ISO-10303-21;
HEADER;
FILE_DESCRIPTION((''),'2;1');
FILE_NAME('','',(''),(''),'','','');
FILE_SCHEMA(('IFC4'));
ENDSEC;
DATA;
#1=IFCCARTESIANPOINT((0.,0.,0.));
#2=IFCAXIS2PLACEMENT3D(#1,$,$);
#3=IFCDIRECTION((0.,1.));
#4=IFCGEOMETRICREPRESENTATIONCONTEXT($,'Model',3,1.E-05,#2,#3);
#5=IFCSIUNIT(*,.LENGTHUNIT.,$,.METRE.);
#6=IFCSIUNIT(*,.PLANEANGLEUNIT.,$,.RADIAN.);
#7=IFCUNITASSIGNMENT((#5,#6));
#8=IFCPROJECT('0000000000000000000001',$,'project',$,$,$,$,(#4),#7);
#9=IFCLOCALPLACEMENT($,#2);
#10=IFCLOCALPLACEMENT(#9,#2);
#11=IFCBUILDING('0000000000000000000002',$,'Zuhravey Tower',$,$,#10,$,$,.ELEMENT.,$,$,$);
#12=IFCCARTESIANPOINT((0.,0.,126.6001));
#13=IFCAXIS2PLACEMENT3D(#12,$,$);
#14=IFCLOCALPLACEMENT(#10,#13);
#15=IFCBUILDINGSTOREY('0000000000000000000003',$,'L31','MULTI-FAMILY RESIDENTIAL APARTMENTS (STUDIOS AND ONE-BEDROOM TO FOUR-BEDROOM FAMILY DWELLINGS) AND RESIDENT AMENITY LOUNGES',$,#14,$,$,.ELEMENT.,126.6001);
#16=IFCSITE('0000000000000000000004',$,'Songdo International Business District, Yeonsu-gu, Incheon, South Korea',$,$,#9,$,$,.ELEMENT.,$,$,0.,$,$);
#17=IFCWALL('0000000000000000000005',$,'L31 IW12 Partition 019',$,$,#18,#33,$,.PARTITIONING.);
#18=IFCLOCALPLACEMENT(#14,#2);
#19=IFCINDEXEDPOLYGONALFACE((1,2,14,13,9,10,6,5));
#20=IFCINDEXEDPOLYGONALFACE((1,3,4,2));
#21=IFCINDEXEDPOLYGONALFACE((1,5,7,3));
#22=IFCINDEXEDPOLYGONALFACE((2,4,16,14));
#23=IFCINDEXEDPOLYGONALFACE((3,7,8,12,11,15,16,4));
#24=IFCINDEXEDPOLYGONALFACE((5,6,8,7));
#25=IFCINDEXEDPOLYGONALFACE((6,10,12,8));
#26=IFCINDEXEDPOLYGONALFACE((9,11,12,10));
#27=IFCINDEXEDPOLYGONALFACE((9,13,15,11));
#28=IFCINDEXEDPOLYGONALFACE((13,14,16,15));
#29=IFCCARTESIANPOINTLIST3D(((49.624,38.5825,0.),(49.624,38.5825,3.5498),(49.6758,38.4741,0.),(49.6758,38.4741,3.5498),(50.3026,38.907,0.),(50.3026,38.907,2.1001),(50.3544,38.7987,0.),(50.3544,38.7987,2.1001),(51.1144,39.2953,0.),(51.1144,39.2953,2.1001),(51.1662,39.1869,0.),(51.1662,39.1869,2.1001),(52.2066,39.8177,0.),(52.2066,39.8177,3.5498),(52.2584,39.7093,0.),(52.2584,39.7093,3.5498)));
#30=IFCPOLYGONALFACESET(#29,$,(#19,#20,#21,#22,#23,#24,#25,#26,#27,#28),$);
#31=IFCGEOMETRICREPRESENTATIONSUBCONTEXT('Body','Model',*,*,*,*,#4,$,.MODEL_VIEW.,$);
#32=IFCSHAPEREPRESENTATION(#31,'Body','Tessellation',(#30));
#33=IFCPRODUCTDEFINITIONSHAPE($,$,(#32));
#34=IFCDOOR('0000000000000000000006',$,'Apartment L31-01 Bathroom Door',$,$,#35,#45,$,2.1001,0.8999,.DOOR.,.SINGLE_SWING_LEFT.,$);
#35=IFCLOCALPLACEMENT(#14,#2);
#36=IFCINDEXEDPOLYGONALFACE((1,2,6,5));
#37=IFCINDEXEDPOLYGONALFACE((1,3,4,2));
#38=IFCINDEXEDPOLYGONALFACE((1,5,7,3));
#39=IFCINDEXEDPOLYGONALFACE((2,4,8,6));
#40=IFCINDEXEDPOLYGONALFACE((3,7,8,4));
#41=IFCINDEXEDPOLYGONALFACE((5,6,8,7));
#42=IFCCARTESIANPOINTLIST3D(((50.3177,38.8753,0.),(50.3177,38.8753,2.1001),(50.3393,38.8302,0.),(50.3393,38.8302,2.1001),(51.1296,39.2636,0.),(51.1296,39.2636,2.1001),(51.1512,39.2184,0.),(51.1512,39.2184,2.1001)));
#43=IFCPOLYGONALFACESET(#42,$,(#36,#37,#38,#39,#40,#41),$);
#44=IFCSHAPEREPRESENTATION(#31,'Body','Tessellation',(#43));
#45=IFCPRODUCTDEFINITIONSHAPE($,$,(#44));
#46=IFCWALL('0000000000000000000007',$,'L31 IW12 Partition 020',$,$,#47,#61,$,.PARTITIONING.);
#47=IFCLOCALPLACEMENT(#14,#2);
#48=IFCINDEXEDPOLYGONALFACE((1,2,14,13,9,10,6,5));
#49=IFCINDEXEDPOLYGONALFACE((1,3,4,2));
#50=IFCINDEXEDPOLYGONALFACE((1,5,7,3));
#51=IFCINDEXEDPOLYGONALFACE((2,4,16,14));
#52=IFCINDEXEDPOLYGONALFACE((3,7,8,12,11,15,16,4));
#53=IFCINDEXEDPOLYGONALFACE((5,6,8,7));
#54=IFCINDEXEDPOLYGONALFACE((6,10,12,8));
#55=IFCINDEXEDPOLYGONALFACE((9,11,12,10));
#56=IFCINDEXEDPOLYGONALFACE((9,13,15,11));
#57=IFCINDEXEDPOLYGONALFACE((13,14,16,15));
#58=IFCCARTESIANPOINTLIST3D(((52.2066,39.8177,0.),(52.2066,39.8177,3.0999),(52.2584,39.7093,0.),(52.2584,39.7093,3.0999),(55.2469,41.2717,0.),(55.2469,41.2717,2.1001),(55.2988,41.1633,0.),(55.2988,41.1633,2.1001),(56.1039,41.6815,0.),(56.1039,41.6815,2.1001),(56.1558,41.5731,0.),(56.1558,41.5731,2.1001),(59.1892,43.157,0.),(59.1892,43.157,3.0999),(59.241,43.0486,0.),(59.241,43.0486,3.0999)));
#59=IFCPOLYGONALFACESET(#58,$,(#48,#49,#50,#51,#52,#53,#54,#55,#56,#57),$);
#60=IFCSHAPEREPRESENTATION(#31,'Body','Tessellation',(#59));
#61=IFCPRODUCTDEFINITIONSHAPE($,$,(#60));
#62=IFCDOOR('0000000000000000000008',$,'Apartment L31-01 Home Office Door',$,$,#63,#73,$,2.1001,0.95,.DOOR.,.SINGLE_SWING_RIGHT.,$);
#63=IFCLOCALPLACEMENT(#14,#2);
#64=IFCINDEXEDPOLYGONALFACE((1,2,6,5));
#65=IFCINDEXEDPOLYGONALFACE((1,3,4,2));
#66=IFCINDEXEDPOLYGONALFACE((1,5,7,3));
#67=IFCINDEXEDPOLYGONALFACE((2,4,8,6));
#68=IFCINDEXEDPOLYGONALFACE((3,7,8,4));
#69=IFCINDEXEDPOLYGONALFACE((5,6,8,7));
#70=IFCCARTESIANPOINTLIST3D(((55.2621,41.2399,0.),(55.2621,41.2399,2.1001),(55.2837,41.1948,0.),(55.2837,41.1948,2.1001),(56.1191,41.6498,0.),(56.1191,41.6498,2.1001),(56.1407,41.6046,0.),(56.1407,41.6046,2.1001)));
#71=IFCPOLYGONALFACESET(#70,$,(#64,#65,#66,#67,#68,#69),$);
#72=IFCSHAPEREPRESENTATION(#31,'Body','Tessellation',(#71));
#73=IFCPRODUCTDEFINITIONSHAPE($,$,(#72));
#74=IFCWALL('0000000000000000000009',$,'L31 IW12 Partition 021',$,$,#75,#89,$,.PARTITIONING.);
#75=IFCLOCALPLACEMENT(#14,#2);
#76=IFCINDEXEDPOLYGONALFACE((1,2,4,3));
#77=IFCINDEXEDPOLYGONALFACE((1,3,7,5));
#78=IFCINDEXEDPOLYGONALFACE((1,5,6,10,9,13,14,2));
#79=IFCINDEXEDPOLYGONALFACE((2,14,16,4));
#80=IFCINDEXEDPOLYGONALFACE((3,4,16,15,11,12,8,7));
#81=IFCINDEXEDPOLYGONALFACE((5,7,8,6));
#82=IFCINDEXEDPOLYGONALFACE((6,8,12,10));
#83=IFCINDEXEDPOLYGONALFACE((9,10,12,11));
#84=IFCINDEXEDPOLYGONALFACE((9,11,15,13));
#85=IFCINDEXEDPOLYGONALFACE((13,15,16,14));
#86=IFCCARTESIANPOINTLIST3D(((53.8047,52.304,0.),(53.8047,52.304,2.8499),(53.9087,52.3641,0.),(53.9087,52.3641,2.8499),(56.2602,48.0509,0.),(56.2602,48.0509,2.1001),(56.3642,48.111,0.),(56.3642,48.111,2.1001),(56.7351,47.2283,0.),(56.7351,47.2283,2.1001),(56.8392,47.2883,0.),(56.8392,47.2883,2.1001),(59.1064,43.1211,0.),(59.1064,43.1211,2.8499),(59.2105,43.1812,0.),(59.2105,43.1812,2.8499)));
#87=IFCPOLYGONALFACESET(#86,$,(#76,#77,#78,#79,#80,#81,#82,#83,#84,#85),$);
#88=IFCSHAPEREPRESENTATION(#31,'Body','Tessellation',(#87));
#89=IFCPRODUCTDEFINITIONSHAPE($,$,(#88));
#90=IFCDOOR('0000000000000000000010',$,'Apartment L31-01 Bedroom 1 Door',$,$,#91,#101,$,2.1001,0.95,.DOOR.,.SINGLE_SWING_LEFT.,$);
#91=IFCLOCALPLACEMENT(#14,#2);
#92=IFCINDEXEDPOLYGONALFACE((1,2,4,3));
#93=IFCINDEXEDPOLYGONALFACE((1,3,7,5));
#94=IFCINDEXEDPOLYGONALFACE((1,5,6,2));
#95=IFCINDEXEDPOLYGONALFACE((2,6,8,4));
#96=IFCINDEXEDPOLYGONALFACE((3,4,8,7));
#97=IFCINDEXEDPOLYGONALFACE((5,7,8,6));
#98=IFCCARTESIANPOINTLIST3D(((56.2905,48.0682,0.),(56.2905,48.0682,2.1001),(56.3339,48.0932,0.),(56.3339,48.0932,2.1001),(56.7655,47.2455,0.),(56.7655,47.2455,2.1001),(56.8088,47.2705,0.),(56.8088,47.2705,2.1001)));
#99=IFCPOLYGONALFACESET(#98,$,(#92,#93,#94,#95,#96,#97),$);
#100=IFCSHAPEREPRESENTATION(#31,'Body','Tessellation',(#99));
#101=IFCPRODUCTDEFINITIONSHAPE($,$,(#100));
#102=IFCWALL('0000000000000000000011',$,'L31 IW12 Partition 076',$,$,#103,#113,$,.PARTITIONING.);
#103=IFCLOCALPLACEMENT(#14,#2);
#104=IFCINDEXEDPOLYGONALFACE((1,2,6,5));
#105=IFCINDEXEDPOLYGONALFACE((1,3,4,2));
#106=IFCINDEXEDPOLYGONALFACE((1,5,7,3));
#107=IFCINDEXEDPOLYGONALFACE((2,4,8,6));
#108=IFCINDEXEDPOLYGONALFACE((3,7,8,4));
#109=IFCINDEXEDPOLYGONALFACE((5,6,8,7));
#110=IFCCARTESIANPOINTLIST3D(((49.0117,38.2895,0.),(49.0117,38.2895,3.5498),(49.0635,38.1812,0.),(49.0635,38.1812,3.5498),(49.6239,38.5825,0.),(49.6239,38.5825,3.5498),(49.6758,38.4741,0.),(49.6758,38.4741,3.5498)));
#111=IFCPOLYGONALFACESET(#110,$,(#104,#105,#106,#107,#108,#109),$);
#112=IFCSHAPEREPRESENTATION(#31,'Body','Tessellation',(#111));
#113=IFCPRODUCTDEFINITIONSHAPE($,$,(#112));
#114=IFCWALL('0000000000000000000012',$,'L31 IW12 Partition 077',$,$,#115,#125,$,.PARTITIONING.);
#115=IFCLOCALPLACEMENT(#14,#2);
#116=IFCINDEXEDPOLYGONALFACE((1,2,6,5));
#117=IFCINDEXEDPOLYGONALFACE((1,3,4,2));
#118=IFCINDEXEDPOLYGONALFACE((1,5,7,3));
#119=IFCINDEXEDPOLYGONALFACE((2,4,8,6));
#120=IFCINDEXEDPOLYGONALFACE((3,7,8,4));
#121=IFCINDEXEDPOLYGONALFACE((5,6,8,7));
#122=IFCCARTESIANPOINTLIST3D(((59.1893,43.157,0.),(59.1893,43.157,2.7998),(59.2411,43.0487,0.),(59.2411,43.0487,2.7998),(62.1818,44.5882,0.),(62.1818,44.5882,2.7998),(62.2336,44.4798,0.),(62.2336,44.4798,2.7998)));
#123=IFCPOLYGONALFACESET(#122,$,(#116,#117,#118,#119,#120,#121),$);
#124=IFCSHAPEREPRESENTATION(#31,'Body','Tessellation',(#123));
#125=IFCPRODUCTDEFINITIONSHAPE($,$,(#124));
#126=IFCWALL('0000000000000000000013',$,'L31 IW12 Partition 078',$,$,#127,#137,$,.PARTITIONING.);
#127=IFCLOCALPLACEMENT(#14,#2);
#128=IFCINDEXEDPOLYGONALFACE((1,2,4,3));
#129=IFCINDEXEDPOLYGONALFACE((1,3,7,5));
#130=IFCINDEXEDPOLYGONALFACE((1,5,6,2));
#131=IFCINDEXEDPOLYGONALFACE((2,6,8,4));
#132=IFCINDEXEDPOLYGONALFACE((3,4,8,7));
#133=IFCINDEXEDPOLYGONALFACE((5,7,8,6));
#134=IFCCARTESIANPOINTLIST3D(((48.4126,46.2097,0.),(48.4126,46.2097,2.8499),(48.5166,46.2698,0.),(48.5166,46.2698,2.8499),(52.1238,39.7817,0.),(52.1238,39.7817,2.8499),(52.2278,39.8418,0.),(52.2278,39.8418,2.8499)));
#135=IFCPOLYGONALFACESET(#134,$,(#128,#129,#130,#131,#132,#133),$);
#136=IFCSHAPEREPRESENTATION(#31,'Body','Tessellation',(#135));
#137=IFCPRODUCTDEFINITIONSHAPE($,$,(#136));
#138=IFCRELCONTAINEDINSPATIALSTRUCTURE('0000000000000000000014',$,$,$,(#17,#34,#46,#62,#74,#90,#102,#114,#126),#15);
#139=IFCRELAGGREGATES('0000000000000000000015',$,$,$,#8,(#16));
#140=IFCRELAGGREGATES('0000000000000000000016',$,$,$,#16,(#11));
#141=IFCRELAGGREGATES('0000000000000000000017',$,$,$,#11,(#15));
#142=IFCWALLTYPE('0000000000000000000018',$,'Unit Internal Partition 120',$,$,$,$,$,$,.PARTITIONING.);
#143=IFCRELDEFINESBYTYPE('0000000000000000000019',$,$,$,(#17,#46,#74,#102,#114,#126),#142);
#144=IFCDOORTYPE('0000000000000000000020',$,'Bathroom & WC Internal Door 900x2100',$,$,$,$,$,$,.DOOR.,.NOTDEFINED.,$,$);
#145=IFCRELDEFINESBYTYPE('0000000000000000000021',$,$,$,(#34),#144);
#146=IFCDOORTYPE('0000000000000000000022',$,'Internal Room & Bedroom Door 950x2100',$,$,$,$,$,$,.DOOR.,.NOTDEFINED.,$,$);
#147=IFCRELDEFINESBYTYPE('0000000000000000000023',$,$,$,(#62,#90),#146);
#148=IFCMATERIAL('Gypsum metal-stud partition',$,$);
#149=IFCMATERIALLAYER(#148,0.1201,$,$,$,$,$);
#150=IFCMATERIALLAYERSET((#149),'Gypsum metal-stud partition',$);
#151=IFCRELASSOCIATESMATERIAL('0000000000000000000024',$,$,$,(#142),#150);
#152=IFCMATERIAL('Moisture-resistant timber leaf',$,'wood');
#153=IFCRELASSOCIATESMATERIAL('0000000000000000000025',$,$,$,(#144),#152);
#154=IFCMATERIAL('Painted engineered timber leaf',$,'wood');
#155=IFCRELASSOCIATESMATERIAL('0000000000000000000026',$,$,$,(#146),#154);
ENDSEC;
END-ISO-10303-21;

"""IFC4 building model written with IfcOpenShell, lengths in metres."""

from ifc_helpers import new_model, si_unit, direction, frame, frame_2d, origin, place, context, subcontext, project, spatial, rectangle, extrude, material, layer, layer_set, type_object, element, fill, save


model = new_model("IFC4")

# Units and contexts
model_context = context("Model", 3, precision=1e-05, world=origin(), true_north=direction((0.0, 1.0)))
body_context = subcontext(model_context, "Body", "Model", "MODEL_VIEW")
ifc_project = project(units=[si_unit("LENGTHUNIT", "METRE"), si_unit("PLANEANGLEUNIT", "RADIAN")], contexts=[model_context])

# Site, building, storey
site_placement = place(None, origin())
site = spatial("IfcSite", under=ifc_project, at=site_placement, Name="Songdo International Business District, Yeonsu-gu, Incheon, South Korea", CompositionType="ELEMENT", RefElevation=0.0)
building_placement = place(site_placement, origin())
building = spatial("IfcBuilding", under=site, at=building_placement, Name="Zuhravey Tower", CompositionType="ELEMENT")
storey_placement = place(building_placement, frame((0.0, 0.0, 126.6001)))
storey = spatial("IfcBuildingStorey", under=building, at=storey_placement, Name="L31", Description="MULTI-FAMILY RESIDENTIAL APARTMENTS (STUDIOS AND ONE-BEDROOM TO FOUR-BEDROOM FAMILY DWELLINGS) AND RESIDENT AMENITY LOUNGES", CompositionType="ELEMENT", Elevation=126.6001)

# Walls, openings, doors
ifc_material_1 = material(Name="Gypsum metal-stud partition")
ifc_layer_1 = layer(ifc_material_1, 0.1201)
ifc_layer_set_1 = layer_set([ifc_layer_1], Name="Gypsum metal-stud partition")
wall_type_1 = type_object("IfcWallType", Name="Unit Internal Partition 120", PredefinedType="PARTITIONING", material=ifc_layer_set_1)
wall_1_placement = place(storey_placement, frame((49.6499, 38.5283, 0.0), z_axis=(0.0, 0.0, 1.0), x_axis=(0.902136, 0.431452, 0.0)))
wall_1 = element("IfcWall", 1, at=wall_1_placement, inside=storey, type_object=wall_type_1, Name="L31 IW12 Partition 019", PredefinedType="PARTITIONING", context=body_context, shape_type="SweptSolid", body=[
    extrude(rectangle(XDim=2.8628, YDim=0.1201, at=frame_2d((1.4314, 0.0))), origin(), (0.0, 0.0, 1.0), 3.5498),
])
opening_1_placement = place(wall_1_placement, frame((0.7522, 0.0, 0.0)))
opening_1 = element("IfcOpeningElement", 2, at=opening_1_placement, cuts=wall_1, PredefinedType="OPENING", context=body_context, shape_type="SweptSolid", body=[
    extrude(rectangle(XDim=0.8999, YDim=2.1001, at=frame_2d((0.45, 1.05))), frame((0.0, 0.072, 0.0), z_axis=(0.0, -1.0, 0.0), x_axis=(1.0, 0.0, 0.0)), (0.0, 0.0, 1.0), 0.144),
])
ifc_material_2 = material(Name="Moisture-resistant timber leaf", Category="wood")
door_type_1 = type_object("IfcDoorType", Name="Bathroom & WC Internal Door 900x2100", OperationType="NOTDEFINED", PredefinedType="DOOR", material=ifc_material_2)
door_1_placement = place(opening_1_placement, origin())
door_1 = element("IfcDoor", 3, at=door_1_placement, inside=storey, type_object=door_type_1, Name="Apartment L31-01 Bathroom Door", OperationType="SINGLE_SWING_LEFT", OverallHeight=2.1001, OverallWidth=0.8999, PredefinedType="DOOR", context=body_context, shape_type="SweptSolid", body=[
    extrude(rectangle(XDim=0.8999, YDim=2.1001, at=frame_2d((0.45, 1.05))), frame((0.0, 0.0249, 0.0), z_axis=(0.0, -1.0, 0.0), x_axis=(1.0, 0.0, 0.0)), (0.0, 0.0, 1.0), 0.05),
])
fill(opening_1, door_1)
wall_2_placement = place(storey_placement, frame((52.2324, 39.7634, 0.0), z_axis=(0.0, 0.0, 1.0), x_axis=(0.902143, 0.431437, 0.0)))
wall_2 = element("IfcWall", 4, at=wall_2_placement, inside=storey, type_object=wall_type_1, Name="L31 IW12 Partition 020", PredefinedType="PARTITIONING", context=body_context, shape_type="SweptSolid", body=[
    extrude(rectangle(XDim=7.74, YDim=0.1201, at=frame_2d((3.8701, 0.0))), origin(), (0.0, 0.0, 1.0), 3.0999),
])
opening_2_placement = place(wall_2_placement, frame((3.3701, 0.0, 0.0)))
opening_2 = element("IfcOpeningElement", 5, at=opening_2_placement, cuts=wall_2, PredefinedType="OPENING", context=body_context, shape_type="SweptSolid", body=[
    extrude(rectangle(XDim=0.95, YDim=2.1001, at=frame_2d((0.4751, 1.05))), frame((0.0, 0.072, 0.0), z_axis=(0.0, -1.0, 0.0), x_axis=(1.0, 0.0, 0.0)), (0.0, 0.0, 1.0), 0.144),
])
ifc_material_3 = material(Name="Painted engineered timber leaf", Category="wood")
door_type_2 = type_object("IfcDoorType", Name="Internal Room & Bedroom Door 950x2100", OperationType="NOTDEFINED", PredefinedType="DOOR", material=ifc_material_3)
door_2_placement = place(opening_2_placement, origin())
door_2 = element("IfcDoor", 6, at=door_2_placement, inside=storey, type_object=door_type_2, Name="Apartment L31-01 Home Office Door", OperationType="SINGLE_SWING_RIGHT", OverallHeight=2.1001, OverallWidth=0.95, PredefinedType="DOOR", context=body_context, shape_type="SweptSolid", body=[
    extrude(rectangle(XDim=0.95, YDim=2.1001, at=frame_2d((0.4751, 1.05))), frame((0.0, 0.0249, 0.0), z_axis=(0.0, -1.0, 0.0), x_axis=(1.0, 0.0, 0.0)), (0.0, 0.0, 1.0), 0.05),
])
fill(opening_2, door_2)
wall_3_placement = place(storey_placement, frame((59.1584, 43.1511, 0.0), z_axis=(0.0, 0.0, 1.0), x_axis=(-0.500002, 0.866024, 0.0)))
wall_3 = element("IfcWall", 7, at=wall_3_placement, inside=storey, type_object=wall_type_1, Name="L31 IW12 Partition 021", PredefinedType="PARTITIONING", context=body_context, shape_type="SweptSolid", body=[
    extrude(rectangle(XDim=10.6035, YDim=0.1201, at=frame_2d((5.3018, 0.0))), origin(), (0.0, 0.0, 1.0), 2.8499),
])
opening_3_placement = place(wall_3_placement, frame((4.7424, 0.0, 0.0)))
opening_3 = element("IfcOpeningElement", 8, at=opening_3_placement, cuts=wall_3, PredefinedType="OPENING", context=body_context, shape_type="SweptSolid", body=[
    extrude(rectangle(XDim=0.95, YDim=2.1001, at=frame_2d((0.4751, 1.05))), frame((0.0, 0.072, 0.0), z_axis=(0.0, -1.0, 0.0), x_axis=(1.0, 0.0, 0.0)), (0.0, 0.0, 1.0), 0.144),
])
door_3_placement = place(opening_3_placement, frame((0.95, 0.0, 0.0), z_axis=(0.0, 0.0, 1.0), x_axis=(-1.0, 0.0, 0.0)))
door_3 = element("IfcDoor", 9, at=door_3_placement, inside=storey, type_object=door_type_2, Name="Apartment L31-01 Bedroom 1 Door", OperationType="SINGLE_SWING_LEFT", OverallHeight=2.1001, OverallWidth=0.95, PredefinedType="DOOR", context=body_context, shape_type="SweptSolid", body=[
    extrude(rectangle(XDim=0.95, YDim=2.1001, at=frame_2d((0.4751, 1.05))), frame((0.0, 0.0249, 0.0), z_axis=(0.0, -1.0, 0.0), x_axis=(1.0, 0.0, 0.0)), (0.0, 0.0, 1.0), 0.05),
])
fill(opening_3, door_3)

# Walls
wall_4_placement = place(storey_placement, frame((49.0376, 38.2354, 0.0), z_axis=(0.0, 0.0, 1.0), x_axis=(0.902061, 0.431608, 0.0)))
element("IfcWall", 10, at=wall_4_placement, inside=storey, type_object=wall_type_1, Name="L31 IW12 Partition 076", PredefinedType="PARTITIONING", context=body_context, shape_type="SweptSolid", body=[
    extrude(rectangle(XDim=0.6787, YDim=0.1201, at=frame_2d((0.3394, 0.0))), origin(), (0.0, 0.0, 1.0), 3.5498),
])
wall_5_placement = place(storey_placement, frame((59.2151, 43.1028, 0.0), z_axis=(0.0, 0.0, 1.0), x_axis=(0.902135, 0.431453, 0.0)))
element("IfcWall", 11, at=wall_5_placement, inside=storey, type_object=wall_type_1, Name="L31 IW12 Partition 077", PredefinedType="PARTITIONING", context=body_context, shape_type="SweptSolid", body=[
    extrude(rectangle(XDim=3.3171, YDim=0.1201, at=frame_2d((1.6587, 0.0))), origin(), (0.0, 0.0, 1.0), 2.7998),
])
wall_6_placement = place(storey_placement, frame((52.1758, 39.8118, 0.0), z_axis=(0.0, 0.0, 1.0), x_axis=(-0.499999, 0.866026, 0.0)))
element("IfcWall", 12, at=wall_6_placement, inside=storey, type_object=wall_type_1, Name="L31 IW12 Partition 078", PredefinedType="PARTITIONING", context=body_context, shape_type="SweptSolid", body=[
    extrude(rectangle(XDim=7.4224, YDim=0.1201, at=frame_2d((3.7112, 0.0))), origin(), (0.0, 0.0, 1.0), 2.8499),
])

save(model, "model.ifc")
